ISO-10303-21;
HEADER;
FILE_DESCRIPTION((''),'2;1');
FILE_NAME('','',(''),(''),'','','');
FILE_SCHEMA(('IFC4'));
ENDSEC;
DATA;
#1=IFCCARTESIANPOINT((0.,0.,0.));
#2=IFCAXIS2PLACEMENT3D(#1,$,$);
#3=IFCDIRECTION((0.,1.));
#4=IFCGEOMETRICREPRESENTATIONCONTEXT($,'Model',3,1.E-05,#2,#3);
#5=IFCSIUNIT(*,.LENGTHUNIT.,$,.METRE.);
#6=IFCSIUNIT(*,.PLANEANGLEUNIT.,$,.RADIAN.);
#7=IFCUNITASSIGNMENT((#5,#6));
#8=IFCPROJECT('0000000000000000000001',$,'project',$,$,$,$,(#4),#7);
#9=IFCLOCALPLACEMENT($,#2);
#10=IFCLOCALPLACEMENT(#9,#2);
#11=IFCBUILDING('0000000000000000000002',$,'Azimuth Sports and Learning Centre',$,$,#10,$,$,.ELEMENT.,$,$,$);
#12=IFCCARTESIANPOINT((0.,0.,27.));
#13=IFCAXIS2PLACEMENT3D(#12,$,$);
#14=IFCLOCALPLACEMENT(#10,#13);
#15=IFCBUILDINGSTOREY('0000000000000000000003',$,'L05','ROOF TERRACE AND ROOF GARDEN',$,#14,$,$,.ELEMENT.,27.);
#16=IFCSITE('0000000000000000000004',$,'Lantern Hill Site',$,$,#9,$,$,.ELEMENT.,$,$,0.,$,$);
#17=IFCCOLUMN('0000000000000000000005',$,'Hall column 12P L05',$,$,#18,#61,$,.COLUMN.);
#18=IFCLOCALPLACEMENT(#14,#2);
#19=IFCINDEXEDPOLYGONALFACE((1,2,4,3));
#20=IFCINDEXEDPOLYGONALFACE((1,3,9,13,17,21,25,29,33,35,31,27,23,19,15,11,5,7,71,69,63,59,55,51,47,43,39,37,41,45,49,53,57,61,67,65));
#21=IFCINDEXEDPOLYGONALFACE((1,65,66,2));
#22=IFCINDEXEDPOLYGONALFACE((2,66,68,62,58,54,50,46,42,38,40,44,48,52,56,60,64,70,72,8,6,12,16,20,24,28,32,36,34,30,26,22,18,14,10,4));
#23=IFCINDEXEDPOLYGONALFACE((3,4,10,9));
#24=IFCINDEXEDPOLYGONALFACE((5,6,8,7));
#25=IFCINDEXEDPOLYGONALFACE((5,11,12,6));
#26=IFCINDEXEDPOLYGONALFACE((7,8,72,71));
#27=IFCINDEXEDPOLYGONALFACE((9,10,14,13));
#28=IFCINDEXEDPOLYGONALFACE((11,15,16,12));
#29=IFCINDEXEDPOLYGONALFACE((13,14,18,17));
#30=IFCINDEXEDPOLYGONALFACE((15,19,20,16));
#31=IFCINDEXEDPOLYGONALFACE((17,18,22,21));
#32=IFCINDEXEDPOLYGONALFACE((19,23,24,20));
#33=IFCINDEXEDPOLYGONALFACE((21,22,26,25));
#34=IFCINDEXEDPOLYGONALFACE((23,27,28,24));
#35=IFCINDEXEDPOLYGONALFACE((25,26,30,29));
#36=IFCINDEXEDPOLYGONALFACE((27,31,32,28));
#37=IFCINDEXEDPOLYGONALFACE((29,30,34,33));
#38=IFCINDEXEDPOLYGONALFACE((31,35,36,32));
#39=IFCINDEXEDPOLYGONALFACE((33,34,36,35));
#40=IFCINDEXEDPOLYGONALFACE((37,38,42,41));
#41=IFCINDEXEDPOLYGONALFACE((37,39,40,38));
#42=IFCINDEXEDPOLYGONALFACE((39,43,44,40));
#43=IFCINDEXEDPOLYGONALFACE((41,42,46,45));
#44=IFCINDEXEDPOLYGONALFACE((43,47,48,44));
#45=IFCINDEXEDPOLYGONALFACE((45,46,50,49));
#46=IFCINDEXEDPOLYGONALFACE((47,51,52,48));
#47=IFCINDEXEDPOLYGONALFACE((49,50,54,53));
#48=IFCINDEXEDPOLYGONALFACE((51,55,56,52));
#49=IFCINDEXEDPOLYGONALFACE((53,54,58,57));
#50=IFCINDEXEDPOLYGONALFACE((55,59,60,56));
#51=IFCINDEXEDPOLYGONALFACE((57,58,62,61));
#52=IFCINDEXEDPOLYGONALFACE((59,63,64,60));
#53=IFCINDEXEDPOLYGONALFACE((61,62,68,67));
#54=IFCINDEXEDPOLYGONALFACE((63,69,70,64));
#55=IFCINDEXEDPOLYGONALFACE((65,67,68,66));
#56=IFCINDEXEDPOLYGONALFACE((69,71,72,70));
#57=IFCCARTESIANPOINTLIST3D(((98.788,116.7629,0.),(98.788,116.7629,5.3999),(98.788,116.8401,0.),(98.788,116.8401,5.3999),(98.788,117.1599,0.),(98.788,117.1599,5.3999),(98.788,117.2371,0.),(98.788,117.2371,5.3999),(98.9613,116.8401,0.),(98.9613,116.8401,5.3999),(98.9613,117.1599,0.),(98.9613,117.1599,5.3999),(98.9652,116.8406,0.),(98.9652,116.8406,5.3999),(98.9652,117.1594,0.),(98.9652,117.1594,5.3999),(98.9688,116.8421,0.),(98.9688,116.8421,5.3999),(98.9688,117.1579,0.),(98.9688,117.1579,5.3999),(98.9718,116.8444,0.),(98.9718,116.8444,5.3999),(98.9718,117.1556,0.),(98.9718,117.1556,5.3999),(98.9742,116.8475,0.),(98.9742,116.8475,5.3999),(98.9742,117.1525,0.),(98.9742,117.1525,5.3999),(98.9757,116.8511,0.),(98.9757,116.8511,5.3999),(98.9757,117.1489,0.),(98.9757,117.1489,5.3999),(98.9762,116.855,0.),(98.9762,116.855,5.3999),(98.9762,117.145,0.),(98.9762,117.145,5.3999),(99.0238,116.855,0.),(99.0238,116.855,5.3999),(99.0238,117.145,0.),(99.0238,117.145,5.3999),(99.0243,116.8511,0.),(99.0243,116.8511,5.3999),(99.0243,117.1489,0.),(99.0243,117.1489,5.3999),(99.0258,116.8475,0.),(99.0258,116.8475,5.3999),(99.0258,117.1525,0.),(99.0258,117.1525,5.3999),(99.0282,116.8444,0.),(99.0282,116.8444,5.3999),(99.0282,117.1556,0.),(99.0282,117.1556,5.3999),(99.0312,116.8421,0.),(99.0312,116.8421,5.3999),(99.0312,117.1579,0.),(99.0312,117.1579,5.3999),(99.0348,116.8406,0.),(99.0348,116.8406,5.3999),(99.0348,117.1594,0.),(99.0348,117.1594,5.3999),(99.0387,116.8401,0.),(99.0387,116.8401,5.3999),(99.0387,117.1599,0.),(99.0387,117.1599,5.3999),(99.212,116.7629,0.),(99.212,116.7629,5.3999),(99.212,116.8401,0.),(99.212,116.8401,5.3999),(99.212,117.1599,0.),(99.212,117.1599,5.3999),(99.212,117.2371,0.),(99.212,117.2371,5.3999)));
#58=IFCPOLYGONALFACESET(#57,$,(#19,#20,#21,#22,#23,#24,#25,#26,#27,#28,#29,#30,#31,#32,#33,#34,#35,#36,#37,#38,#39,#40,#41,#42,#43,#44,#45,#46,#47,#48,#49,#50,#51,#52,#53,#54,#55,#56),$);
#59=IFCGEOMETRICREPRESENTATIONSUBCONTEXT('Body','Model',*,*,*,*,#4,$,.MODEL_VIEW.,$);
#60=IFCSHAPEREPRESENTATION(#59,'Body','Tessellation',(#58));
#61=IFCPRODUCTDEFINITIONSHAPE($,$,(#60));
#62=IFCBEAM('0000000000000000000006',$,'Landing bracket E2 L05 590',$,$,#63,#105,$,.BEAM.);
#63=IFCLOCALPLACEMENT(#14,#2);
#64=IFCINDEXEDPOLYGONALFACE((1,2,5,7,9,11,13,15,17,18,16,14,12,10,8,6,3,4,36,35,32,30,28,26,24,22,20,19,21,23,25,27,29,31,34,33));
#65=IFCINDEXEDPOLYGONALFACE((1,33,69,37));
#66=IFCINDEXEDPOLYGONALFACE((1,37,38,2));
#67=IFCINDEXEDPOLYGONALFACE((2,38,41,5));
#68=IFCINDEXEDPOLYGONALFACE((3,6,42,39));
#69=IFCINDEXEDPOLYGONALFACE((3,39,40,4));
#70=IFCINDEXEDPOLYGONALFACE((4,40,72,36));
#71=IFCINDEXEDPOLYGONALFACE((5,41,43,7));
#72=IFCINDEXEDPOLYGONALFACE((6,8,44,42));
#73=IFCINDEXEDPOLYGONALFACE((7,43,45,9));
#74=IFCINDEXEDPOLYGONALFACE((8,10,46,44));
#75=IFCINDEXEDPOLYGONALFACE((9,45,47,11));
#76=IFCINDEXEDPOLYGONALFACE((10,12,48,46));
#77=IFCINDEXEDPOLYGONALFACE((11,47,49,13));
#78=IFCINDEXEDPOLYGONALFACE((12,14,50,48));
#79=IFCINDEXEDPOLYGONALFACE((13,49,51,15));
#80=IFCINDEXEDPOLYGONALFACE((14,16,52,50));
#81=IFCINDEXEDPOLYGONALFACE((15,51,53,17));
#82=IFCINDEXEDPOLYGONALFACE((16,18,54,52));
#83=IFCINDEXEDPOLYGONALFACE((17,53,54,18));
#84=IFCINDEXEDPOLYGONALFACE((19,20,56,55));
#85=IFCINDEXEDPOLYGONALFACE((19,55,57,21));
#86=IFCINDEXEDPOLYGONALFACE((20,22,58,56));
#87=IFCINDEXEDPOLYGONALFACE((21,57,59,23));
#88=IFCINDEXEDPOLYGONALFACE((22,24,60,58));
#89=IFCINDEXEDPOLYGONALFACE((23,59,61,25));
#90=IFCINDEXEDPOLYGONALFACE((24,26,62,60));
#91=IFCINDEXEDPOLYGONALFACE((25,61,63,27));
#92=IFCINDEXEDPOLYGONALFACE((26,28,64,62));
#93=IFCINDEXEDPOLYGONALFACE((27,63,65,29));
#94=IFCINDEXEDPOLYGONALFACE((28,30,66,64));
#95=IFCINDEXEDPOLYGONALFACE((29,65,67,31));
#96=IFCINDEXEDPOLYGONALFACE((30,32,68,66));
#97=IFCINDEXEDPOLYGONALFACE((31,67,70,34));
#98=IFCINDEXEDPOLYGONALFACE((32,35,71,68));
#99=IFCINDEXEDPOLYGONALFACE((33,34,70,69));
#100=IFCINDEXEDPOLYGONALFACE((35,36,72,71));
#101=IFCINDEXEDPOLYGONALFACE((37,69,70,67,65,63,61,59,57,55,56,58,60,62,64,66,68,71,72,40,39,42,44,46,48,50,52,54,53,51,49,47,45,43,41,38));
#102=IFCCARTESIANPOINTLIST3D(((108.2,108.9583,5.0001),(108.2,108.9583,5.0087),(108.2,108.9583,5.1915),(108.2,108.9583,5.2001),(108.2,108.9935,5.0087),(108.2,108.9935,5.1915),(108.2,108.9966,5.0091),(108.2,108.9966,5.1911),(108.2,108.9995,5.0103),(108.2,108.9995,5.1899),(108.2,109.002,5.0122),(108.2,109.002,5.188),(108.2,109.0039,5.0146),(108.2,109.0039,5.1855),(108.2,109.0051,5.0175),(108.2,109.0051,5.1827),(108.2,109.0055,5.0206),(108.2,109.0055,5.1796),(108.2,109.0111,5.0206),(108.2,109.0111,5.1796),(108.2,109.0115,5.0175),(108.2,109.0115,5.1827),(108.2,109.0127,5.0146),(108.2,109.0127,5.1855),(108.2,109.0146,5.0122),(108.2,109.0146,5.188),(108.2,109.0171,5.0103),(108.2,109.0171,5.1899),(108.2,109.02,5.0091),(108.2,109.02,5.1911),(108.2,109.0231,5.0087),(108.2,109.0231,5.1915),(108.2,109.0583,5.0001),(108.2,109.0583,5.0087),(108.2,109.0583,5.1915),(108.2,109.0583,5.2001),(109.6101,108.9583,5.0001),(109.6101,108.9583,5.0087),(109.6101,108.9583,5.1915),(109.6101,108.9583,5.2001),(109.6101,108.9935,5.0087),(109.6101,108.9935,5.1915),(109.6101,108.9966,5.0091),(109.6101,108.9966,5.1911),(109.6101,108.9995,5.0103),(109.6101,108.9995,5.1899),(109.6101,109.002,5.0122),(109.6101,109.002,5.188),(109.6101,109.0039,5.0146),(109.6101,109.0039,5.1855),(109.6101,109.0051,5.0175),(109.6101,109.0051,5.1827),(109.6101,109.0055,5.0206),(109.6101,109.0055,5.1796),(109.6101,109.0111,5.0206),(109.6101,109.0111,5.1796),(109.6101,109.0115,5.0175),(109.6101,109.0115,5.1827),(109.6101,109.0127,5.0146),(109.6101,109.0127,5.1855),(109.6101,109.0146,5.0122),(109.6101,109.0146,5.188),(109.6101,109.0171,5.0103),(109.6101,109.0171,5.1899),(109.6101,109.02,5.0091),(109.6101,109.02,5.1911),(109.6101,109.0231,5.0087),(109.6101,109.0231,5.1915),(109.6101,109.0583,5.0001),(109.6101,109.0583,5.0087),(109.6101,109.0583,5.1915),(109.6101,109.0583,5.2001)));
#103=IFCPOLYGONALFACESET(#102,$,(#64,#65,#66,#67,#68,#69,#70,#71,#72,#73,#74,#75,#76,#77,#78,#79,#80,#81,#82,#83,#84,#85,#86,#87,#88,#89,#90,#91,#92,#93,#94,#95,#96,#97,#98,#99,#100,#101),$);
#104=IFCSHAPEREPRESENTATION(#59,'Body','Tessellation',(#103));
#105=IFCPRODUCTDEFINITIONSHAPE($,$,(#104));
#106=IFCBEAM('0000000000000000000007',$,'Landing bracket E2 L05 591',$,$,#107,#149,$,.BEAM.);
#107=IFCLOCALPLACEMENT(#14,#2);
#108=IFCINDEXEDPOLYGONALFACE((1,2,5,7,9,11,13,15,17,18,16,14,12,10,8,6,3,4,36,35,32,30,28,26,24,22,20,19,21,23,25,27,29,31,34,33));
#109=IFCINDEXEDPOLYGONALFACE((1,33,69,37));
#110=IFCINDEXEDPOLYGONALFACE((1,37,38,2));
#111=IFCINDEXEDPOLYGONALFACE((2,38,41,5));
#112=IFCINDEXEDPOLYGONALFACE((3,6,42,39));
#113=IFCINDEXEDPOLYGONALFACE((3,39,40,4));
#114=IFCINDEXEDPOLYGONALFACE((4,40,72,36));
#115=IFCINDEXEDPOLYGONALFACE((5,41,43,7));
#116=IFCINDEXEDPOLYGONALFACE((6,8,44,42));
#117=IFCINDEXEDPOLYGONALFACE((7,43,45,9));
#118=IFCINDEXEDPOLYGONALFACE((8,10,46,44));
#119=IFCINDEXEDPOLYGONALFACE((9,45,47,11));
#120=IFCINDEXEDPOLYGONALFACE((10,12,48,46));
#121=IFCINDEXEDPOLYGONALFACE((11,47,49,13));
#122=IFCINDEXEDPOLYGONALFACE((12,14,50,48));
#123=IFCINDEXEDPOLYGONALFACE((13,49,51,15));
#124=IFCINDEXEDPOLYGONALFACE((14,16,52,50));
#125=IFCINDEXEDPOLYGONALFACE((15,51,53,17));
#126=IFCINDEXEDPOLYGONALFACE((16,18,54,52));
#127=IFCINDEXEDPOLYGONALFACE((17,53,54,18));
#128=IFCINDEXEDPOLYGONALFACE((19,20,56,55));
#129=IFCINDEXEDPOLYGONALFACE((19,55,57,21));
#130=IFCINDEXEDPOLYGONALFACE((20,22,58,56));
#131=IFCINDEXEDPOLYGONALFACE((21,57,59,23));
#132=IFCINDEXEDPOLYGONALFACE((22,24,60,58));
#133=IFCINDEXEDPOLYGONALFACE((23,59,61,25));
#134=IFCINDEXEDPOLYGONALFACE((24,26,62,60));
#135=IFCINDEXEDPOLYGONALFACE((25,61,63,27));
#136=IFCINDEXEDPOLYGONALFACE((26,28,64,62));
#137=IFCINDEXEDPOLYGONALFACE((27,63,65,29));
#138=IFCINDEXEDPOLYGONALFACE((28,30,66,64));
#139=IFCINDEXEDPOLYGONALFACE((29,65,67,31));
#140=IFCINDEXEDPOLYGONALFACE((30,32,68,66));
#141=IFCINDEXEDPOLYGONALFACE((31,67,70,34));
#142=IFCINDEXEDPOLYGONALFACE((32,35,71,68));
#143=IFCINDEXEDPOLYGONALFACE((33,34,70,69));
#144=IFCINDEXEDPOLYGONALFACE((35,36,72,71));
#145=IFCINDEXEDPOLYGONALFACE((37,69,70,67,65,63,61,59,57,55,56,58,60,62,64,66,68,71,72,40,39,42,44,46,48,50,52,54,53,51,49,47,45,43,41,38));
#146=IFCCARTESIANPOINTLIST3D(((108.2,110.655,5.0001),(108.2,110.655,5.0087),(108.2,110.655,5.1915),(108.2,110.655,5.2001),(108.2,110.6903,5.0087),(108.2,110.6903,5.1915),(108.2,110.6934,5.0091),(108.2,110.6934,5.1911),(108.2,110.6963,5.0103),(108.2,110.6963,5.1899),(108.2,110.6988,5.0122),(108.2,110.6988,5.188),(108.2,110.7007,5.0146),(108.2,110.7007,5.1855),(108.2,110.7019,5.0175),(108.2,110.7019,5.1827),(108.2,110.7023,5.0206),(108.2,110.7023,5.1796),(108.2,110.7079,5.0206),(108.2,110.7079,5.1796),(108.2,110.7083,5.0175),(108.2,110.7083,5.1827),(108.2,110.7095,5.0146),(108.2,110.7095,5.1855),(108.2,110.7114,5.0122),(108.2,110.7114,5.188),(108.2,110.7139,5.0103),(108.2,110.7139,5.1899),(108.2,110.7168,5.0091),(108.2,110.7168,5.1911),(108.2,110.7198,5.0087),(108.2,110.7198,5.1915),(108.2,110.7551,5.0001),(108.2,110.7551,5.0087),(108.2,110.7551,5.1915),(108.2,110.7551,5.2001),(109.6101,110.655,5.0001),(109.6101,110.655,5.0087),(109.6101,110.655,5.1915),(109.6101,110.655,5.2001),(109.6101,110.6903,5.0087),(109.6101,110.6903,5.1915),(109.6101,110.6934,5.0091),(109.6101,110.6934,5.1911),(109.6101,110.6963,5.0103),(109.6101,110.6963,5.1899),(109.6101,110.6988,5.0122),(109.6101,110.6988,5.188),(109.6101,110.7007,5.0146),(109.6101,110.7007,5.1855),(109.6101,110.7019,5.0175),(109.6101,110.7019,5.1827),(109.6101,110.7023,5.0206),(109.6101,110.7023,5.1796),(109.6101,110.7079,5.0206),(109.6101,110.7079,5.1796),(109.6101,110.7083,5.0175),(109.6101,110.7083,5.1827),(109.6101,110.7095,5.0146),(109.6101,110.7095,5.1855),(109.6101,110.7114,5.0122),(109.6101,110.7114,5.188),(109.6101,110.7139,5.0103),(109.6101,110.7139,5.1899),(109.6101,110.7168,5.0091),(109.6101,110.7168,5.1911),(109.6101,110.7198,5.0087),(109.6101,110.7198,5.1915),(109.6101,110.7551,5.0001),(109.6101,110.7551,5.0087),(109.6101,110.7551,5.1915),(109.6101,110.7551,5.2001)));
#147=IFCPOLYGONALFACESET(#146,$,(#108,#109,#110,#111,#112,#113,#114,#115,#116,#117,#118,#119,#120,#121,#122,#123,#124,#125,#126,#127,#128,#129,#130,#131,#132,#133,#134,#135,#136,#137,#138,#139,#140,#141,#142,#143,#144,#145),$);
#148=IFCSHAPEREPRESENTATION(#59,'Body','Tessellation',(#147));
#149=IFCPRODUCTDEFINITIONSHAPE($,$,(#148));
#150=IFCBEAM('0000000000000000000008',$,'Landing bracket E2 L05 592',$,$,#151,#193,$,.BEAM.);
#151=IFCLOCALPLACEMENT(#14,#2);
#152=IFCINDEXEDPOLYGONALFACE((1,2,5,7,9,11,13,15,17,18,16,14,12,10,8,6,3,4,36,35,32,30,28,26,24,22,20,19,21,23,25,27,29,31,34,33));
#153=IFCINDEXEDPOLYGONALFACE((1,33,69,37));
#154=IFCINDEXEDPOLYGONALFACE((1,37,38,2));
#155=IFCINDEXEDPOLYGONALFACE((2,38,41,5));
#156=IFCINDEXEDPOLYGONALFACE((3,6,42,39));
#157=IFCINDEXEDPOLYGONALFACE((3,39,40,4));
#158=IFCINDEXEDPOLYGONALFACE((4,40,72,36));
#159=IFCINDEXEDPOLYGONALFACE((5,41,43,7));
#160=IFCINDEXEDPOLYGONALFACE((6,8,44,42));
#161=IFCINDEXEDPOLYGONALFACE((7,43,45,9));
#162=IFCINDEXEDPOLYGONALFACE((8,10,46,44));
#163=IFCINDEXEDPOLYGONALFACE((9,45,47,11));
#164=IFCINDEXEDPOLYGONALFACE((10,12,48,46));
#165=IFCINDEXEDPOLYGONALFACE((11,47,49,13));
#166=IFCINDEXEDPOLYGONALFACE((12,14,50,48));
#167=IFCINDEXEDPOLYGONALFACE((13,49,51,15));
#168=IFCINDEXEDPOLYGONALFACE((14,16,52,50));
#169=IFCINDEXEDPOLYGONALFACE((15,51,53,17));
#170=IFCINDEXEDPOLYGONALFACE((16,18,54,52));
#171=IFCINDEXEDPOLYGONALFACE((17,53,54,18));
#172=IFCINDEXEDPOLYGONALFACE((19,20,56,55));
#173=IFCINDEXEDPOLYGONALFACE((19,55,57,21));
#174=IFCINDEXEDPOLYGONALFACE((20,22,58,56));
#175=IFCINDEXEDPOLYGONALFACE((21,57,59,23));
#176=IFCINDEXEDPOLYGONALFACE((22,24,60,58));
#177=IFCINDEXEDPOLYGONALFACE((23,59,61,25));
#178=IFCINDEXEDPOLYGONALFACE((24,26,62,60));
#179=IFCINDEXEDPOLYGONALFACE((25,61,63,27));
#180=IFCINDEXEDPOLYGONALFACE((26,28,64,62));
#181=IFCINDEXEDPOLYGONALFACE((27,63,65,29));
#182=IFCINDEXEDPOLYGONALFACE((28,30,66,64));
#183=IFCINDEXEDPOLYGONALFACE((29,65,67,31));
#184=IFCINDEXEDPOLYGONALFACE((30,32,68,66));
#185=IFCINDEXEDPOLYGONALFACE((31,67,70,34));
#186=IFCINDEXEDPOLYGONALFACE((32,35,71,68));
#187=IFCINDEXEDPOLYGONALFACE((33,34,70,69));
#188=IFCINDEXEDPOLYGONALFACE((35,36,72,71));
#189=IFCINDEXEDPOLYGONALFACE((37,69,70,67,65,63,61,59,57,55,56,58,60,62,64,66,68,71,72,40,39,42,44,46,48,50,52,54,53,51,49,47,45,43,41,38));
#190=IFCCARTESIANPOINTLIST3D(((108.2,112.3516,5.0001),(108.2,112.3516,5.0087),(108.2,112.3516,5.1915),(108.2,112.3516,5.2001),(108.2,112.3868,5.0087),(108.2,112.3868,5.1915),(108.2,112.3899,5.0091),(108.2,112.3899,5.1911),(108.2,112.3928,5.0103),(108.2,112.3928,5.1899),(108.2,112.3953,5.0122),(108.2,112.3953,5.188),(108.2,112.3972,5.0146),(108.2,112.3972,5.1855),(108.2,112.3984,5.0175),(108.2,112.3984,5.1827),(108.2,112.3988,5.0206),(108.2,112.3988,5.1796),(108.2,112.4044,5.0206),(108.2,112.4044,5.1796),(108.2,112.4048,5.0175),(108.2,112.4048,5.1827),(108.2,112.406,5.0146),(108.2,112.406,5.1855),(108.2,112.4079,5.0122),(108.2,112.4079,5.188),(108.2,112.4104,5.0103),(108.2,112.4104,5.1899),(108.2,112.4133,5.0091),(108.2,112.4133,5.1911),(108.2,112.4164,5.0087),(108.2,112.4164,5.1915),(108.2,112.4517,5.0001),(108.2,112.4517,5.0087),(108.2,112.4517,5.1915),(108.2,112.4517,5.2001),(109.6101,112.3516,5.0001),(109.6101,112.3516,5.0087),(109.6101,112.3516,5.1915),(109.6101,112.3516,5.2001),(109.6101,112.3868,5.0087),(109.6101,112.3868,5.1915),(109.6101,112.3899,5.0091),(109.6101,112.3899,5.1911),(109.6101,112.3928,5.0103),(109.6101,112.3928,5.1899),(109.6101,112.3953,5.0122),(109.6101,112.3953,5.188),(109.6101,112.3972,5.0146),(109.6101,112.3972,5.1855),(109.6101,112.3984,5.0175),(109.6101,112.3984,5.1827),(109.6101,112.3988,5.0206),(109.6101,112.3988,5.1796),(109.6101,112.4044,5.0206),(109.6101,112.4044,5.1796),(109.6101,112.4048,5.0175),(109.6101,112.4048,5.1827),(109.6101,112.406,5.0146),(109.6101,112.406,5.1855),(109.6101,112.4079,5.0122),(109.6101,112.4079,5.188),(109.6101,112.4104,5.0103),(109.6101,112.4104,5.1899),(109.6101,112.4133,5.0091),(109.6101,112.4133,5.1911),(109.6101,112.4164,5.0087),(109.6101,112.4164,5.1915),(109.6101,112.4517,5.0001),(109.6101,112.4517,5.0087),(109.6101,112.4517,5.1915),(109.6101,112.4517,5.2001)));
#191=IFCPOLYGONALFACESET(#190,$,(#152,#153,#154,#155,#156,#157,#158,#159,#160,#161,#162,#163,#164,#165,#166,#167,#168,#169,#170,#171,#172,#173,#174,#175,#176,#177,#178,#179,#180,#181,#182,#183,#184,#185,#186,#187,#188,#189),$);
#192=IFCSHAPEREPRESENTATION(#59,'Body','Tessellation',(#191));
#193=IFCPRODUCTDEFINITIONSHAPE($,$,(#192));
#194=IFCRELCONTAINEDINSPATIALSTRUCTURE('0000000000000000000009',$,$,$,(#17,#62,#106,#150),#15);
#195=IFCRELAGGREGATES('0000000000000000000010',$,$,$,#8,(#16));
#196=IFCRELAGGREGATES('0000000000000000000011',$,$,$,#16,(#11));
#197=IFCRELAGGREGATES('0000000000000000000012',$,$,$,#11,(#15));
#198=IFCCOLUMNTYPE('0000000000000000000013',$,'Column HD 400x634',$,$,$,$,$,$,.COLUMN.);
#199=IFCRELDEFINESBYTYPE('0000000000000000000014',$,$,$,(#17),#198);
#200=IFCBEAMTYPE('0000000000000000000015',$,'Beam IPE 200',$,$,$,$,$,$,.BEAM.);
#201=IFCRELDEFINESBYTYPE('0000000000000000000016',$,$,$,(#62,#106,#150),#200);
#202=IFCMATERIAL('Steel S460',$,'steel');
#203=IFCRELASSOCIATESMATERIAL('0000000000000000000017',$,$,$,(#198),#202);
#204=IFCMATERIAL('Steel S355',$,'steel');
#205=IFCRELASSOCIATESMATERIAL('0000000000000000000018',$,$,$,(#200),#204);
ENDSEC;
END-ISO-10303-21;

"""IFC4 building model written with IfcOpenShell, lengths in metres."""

from ifc_helpers import new_model, si_unit, direction, frame, origin, origin_2d, place, context, subcontext, project, spatial, i_section, extrude, material, material_profile, profile_set, type_object, element, save


model = new_model("IFC4")

# Units and contexts
model_context = context("Model", 3, precision=1e-05, world=origin(), true_north=direction((0.0, 1.0)))
body_context = subcontext(model_context, "Body", "Model", "MODEL_VIEW")
ifc_project = project(units=[si_unit("LENGTHUNIT", "METRE"), si_unit("PLANEANGLEUNIT", "RADIAN")], contexts=[model_context])

# Site, building, storey
site_placement = place(None, origin())
site = spatial("IfcSite", under=ifc_project, at=site_placement, Name="Lantern Hill Site", CompositionType="ELEMENT", RefElevation=0.0)
building_placement = place(site_placement, origin())
building = spatial("IfcBuilding", under=site, at=building_placement, Name="Azimuth Sports and Learning Centre", CompositionType="ELEMENT")
storey_placement = place(building_placement, frame((0.0, 0.0, 27.0)))
storey = spatial("IfcBuildingStorey", under=building, at=storey_placement, Name="L05", Description="ROOF TERRACE AND ROOF GARDEN", CompositionType="ELEMENT", Elevation=27.0)

# Column
ifc_material_1 = material(Name="Steel S460", Category="steel")
ifc_material_profile_1 = material_profile(ifc_material_1, i_section(OverallWidth=0.4241, OverallDepth=0.4741, WebThickness=0.0476, FlangeThickness=0.0771, FilletRadius=0.0149, at=origin_2d()), Name="HD 400x634")
ifc_profile_set_1 = profile_set([ifc_material_profile_1], Name="Steel S460")
column_type = type_object("IfcColumnType", Name="Column HD 400x634", PredefinedType="COLUMN", material=ifc_profile_set_1)
column_placement = place(storey_placement, frame((99.0, 117.0, 0.0), z_axis=(0.0, 0.0, 1.0), x_axis=(1.0, 0.0, 0.0)))
element("IfcColumn", 1, at=column_placement, inside=storey, type_object=column_type, Name="Hall column 12P L05", PredefinedType="COLUMN", context=body_context, shape_type="SweptSolid", body=[
    extrude(i_section(OverallWidth=0.4241, OverallDepth=0.4741, WebThickness=0.0476, FlangeThickness=0.0771, FilletRadius=0.0149, at=origin_2d()), origin(), (0.0, 0.0, 1.0), 5.3999),
])

# Beams
ifc_material_2 = material(Name="Steel S355", Category="steel")
ifc_material_profile_2 = material_profile(ifc_material_2, i_section(OverallWidth=0.1001, OverallDepth=0.2, WebThickness=0.0056, FlangeThickness=0.0085, FilletRadius=0.012, at=origin_2d()), Name="IPE 200")
ifc_profile_set_2 = profile_set([ifc_material_profile_2], Name="Steel S355")
beam_type_1 = type_object("IfcBeamType", Name="Beam IPE 200", PredefinedType="BEAM", material=ifc_profile_set_2)
for number, where, z_axis, x_axis, name in (
    (2, (108.2, 109.0083, 5.1001), (1.0, 0.0, 0.0), (0.0, 1.0, 0.0), "Landing bracket E2 L05 590"),
    (3, (108.2, 110.7051, 5.1001), (1.0, 0.0, 0.0), (0.0, 1.0, 0.0), "Landing bracket E2 L05 591"),
    (4, (108.2, 112.4016, 5.1001), (1.0, 0.0, 0.0), (0.0, 1.0, 0.0), "Landing bracket E2 L05 592"),
):
    element("IfcBeam", number, at=place(storey_placement, frame(where, z_axis=z_axis, x_axis=x_axis)), inside=storey, type_object=beam_type_1, Name=name, PredefinedType="BEAM", context=body_context, shape_type="SweptSolid", body=[
        extrude(i_section(OverallWidth=0.1001, OverallDepth=0.2, WebThickness=0.0056, FlangeThickness=0.0085, FilletRadius=0.012, at=origin_2d()), origin(), (0.0, 0.0, 1.0), 1.4102),
    ])

save(model, "model.ifc")
